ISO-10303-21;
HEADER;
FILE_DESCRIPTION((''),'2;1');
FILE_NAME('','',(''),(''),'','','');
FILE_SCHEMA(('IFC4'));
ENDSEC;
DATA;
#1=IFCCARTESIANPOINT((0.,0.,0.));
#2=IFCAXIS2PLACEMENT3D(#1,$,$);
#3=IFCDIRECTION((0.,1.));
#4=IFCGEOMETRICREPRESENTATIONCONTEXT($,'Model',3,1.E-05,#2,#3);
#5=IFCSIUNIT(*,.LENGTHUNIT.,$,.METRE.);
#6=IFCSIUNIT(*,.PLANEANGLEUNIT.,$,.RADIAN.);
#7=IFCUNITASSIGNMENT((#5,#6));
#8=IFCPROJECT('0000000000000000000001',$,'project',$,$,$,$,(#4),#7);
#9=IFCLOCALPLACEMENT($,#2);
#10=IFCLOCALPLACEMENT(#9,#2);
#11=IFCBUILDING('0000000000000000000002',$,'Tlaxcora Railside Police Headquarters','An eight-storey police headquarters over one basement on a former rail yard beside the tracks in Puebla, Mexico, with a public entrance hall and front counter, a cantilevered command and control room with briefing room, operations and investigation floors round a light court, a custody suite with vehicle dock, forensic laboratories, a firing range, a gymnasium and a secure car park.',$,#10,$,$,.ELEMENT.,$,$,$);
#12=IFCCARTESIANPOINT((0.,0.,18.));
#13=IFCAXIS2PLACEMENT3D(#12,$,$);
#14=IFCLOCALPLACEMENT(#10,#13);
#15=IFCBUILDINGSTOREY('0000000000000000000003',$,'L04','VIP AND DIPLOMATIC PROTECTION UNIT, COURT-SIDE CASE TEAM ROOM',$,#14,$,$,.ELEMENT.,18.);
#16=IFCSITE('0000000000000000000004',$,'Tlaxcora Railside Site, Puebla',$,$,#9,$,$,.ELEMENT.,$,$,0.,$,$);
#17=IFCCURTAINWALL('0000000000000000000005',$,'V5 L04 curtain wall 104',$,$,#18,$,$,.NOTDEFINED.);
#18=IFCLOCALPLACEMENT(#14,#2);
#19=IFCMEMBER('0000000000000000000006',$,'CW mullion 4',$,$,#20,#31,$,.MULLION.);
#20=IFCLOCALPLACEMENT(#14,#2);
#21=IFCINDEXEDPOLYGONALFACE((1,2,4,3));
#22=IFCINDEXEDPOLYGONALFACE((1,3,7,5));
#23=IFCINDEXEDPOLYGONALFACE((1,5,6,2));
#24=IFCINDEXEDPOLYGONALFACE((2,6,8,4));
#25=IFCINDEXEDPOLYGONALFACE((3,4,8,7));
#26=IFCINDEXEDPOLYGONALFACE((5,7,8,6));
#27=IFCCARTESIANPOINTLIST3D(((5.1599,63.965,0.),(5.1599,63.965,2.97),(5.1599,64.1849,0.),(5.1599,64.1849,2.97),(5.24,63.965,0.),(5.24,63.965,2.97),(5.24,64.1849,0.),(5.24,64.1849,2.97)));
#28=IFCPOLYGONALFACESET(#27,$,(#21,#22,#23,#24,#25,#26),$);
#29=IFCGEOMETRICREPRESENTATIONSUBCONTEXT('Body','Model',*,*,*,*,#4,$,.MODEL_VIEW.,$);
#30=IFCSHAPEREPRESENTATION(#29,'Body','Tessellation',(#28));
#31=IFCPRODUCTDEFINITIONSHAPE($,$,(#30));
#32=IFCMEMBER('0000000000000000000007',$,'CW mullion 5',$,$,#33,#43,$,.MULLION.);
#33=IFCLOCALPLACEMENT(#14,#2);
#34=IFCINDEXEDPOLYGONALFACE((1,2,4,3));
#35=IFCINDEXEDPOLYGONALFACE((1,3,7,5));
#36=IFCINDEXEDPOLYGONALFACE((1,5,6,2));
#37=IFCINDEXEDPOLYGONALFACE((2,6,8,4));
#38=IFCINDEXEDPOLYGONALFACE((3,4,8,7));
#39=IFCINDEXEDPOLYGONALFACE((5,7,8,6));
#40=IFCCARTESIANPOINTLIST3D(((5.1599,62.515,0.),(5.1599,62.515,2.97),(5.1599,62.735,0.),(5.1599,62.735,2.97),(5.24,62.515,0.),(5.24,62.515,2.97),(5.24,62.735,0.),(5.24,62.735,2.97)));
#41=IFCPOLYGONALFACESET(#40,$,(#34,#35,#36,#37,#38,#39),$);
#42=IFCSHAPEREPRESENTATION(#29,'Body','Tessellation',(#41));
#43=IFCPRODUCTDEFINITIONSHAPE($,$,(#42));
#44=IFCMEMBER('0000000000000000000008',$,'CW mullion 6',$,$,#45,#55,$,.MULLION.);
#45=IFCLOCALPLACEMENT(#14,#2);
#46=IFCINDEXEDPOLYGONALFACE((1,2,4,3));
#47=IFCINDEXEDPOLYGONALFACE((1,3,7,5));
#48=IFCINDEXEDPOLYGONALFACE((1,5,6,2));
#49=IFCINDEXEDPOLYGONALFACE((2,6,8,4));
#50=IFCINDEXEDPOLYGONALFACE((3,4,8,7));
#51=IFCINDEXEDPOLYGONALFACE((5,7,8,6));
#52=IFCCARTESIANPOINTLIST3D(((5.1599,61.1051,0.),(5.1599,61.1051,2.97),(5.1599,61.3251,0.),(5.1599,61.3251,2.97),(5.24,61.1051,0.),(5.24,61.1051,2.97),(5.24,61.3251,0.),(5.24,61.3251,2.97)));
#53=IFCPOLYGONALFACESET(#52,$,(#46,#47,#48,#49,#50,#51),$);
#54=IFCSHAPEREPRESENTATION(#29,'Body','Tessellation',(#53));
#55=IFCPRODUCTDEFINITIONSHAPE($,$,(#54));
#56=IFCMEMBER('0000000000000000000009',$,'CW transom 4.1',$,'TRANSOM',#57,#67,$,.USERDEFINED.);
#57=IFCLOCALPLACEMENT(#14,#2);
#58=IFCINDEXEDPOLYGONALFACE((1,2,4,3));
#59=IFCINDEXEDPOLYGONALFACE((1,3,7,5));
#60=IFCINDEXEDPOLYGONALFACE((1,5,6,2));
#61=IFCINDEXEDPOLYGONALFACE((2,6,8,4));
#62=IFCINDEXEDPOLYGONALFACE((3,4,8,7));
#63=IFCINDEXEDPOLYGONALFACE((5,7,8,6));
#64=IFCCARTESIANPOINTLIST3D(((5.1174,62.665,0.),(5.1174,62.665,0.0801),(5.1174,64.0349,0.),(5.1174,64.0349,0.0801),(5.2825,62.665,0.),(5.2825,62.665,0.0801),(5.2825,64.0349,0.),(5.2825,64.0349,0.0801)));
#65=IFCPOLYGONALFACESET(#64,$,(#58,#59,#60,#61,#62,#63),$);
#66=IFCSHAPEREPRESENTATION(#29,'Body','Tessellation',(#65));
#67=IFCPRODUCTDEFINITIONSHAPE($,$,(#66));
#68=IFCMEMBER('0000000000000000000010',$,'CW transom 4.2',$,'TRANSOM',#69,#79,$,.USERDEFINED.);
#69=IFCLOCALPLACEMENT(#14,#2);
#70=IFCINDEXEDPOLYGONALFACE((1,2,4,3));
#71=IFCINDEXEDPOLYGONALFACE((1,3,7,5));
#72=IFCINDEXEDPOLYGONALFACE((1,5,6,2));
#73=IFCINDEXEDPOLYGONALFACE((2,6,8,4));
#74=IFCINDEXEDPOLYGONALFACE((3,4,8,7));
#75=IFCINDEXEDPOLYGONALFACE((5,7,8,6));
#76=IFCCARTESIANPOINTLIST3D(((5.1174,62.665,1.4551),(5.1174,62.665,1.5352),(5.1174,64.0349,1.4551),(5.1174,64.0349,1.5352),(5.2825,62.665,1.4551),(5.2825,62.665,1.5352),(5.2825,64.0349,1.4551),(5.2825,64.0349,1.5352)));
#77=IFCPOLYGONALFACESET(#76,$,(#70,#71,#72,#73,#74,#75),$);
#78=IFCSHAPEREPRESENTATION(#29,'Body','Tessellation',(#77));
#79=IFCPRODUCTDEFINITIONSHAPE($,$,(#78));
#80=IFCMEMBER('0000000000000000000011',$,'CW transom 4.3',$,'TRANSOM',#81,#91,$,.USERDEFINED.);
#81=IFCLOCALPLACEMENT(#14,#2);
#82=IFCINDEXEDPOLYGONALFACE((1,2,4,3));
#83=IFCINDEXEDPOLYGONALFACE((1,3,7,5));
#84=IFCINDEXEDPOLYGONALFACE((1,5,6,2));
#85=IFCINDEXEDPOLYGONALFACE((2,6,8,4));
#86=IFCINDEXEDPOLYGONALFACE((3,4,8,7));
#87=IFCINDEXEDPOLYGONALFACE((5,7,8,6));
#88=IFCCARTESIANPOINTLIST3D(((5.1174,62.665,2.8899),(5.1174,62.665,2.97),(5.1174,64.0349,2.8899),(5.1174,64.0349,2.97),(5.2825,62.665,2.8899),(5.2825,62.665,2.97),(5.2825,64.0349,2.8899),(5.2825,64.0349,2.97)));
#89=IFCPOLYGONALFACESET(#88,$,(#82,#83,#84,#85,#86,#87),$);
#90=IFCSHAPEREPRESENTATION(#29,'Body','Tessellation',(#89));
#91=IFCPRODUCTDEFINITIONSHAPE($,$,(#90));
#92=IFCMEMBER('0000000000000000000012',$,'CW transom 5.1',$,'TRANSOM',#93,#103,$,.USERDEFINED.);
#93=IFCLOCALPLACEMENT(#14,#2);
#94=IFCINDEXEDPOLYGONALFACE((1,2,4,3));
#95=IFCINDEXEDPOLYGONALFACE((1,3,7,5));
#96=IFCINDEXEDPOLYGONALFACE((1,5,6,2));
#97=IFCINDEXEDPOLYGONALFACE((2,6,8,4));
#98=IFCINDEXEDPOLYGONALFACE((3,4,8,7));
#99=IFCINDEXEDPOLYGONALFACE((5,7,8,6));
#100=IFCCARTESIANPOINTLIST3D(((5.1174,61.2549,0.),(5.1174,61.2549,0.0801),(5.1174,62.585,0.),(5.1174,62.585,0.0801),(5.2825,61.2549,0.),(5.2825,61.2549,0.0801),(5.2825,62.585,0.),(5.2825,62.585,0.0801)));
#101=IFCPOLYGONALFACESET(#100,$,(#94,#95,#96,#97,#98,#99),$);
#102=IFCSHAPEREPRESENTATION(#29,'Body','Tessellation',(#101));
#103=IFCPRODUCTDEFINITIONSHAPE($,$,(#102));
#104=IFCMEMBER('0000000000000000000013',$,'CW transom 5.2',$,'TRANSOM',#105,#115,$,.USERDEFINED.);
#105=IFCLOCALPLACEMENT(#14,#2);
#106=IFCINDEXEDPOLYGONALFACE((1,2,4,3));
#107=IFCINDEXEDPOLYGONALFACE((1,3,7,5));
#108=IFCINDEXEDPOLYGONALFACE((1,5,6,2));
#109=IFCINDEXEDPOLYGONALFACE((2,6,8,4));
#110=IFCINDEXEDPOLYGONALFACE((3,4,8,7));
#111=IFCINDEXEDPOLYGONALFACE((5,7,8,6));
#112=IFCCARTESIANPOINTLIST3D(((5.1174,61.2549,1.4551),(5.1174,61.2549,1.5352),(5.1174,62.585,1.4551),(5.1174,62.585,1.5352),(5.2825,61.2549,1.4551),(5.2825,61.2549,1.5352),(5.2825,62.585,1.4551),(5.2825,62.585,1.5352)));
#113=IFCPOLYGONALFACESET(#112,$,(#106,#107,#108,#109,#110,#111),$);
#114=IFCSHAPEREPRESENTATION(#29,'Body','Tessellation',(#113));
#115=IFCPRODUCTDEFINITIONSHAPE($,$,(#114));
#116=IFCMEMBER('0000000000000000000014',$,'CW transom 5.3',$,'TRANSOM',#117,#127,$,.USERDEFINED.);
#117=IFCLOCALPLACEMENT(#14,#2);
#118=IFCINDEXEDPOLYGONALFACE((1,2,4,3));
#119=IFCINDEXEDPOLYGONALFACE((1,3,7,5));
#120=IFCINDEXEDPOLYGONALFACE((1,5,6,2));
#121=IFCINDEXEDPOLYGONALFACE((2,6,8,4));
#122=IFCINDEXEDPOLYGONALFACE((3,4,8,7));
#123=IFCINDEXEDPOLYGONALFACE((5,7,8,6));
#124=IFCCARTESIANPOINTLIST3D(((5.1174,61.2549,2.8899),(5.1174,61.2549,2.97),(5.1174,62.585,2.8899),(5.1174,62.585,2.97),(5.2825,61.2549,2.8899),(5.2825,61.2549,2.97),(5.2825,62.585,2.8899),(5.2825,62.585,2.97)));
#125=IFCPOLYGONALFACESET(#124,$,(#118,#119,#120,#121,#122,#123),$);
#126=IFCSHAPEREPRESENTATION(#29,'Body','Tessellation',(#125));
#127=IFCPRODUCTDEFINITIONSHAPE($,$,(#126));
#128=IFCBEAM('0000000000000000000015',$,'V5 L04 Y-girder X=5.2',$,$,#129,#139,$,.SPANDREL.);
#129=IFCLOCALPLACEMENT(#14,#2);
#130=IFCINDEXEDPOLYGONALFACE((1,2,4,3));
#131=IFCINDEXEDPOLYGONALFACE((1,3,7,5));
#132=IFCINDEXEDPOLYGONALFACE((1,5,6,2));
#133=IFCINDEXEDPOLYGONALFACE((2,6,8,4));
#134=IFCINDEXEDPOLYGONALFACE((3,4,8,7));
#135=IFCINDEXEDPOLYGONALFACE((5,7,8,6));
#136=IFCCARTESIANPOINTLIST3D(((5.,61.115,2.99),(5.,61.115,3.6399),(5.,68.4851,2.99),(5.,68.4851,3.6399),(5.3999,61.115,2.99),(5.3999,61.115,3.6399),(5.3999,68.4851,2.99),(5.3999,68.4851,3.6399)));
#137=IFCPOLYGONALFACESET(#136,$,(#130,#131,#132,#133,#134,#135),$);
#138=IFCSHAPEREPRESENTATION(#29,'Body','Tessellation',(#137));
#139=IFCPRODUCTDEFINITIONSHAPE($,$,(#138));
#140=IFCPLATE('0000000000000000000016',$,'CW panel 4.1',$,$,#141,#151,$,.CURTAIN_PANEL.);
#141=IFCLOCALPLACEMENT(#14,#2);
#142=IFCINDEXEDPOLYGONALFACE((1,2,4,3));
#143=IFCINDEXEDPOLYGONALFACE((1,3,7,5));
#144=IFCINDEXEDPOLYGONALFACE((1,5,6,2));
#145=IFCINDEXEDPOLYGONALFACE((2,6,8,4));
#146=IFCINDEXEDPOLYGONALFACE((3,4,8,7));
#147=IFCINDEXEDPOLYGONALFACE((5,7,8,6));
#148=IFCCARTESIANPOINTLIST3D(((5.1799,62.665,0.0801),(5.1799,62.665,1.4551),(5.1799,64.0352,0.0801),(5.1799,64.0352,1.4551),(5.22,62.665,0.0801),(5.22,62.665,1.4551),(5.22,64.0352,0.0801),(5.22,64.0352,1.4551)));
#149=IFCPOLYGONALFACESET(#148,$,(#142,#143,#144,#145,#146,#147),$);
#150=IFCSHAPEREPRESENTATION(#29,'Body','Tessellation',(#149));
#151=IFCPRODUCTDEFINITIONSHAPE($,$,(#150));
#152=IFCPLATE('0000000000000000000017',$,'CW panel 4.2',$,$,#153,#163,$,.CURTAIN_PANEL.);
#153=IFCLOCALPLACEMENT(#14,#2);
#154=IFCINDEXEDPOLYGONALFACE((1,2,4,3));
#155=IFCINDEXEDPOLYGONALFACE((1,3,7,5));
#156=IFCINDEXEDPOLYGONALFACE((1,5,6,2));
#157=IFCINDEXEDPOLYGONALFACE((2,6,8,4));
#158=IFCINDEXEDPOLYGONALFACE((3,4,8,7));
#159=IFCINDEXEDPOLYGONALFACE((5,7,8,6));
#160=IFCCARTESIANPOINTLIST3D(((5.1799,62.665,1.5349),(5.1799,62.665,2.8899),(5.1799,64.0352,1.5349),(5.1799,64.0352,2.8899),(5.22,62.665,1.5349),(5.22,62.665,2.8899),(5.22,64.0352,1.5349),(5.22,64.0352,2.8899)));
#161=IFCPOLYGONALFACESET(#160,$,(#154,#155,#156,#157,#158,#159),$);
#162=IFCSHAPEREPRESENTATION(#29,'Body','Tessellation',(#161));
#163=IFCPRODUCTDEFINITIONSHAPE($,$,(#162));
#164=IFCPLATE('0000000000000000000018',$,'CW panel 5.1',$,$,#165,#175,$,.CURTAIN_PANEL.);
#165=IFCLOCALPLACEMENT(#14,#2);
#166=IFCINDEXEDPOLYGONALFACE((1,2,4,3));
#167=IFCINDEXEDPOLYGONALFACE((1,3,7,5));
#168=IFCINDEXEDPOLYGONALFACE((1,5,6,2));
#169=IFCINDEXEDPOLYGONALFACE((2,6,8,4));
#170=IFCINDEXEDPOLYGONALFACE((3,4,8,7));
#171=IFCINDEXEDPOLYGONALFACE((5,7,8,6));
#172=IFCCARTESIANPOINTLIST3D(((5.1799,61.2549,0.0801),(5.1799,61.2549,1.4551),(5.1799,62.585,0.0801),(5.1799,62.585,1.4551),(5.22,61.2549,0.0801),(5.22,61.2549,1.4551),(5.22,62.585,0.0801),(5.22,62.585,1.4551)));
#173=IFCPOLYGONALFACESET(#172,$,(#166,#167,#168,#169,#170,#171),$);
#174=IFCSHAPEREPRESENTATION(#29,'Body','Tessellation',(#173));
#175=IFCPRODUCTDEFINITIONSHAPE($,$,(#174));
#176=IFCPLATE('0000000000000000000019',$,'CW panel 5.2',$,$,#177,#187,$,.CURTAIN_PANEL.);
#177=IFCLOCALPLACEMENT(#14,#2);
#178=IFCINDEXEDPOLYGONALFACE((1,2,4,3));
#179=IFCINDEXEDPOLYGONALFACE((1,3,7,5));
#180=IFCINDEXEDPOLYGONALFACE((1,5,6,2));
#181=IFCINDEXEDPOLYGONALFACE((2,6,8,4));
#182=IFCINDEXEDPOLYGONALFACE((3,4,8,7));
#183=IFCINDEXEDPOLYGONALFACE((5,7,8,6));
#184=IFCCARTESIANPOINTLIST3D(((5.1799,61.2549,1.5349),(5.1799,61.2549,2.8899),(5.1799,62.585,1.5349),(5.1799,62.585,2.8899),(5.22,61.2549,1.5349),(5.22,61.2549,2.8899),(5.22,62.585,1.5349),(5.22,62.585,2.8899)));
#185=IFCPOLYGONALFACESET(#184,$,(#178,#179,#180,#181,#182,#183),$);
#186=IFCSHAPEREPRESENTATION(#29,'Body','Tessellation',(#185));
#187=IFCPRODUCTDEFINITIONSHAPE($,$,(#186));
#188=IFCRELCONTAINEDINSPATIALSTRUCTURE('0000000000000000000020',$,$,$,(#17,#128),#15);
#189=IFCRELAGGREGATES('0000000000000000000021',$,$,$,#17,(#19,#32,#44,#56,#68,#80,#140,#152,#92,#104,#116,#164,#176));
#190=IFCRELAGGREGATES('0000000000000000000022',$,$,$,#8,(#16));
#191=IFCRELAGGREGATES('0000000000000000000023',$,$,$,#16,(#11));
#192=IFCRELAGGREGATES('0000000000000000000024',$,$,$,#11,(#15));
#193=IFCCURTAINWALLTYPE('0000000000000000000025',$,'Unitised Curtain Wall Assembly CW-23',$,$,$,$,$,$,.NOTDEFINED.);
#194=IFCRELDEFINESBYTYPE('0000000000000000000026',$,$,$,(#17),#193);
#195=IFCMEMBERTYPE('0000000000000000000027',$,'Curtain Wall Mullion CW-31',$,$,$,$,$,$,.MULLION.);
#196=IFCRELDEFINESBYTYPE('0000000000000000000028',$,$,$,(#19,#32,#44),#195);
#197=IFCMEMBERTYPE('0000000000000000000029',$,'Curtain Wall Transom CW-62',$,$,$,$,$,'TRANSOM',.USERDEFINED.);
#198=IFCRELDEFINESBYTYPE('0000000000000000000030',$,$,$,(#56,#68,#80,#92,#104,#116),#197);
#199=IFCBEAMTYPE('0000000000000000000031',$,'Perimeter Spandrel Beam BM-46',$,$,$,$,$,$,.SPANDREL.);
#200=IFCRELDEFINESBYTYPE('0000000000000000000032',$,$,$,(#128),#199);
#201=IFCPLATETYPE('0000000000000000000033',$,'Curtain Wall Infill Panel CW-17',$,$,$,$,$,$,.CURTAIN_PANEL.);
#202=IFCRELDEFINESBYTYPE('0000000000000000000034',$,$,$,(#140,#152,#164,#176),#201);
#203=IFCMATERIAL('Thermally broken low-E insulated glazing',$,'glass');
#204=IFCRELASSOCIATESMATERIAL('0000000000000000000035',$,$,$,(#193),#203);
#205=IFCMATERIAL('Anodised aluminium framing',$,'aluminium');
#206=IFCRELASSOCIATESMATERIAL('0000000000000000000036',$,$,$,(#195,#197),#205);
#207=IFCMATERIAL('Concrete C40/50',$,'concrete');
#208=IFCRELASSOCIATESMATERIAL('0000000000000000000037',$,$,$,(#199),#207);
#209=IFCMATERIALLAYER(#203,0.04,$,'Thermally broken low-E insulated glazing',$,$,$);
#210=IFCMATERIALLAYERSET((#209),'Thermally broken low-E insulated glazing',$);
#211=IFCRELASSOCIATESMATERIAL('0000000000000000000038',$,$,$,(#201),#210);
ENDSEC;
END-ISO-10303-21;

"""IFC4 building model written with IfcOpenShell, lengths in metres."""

from ifc_helpers import new_model, si_unit, direction, frame, origin, origin_2d, place, context, subcontext, project, spatial, rectangle, extrude, material, layer, layer_set, material_profile, profile_set, type_object, element, aggregate, save


model = new_model("IFC4")

# Units and contexts
model_context = context("Model", 3, precision=1e-05, world=origin(), true_north=direction((0.0, 1.0)))
body_context = subcontext(model_context, "Body", "Model", "MODEL_VIEW")
ifc_project = project(units=[si_unit("LENGTHUNIT", "METRE"), si_unit("PLANEANGLEUNIT", "RADIAN")], contexts=[model_context])

# Site, building, storey
site_placement = place(None, origin())
site = spatial("IfcSite", under=ifc_project, at=site_placement, Name="Tlaxcora Railside Site, Puebla", CompositionType="ELEMENT", RefElevation=0.0)
building_placement = place(site_placement, origin())
building = spatial("IfcBuilding", under=site, at=building_placement, Name="Tlaxcora Railside Police Headquarters", Description="An eight-storey police headquarters over one basement on a former rail yard beside the tracks in Puebla, Mexico, with a public entrance hall and front counter, a cantilevered command and control room with briefing room, operations and investigation floors round a light court, a custody suite with vehicle dock, forensic laboratories, a firing range, a gymnasium and a secure car park.", CompositionType="ELEMENT")
storey_placement = place(building_placement, frame((0.0, 0.0, 18.0)))
storey = spatial("IfcBuildingStorey", under=building, at=storey_placement, Name="L04", Description="VIP AND DIPLOMATIC PROTECTION UNIT, COURT-SIDE CASE TEAM ROOM", CompositionType="ELEMENT", Elevation=18.0)

# Curtain wall, members
ifc_material_1 = material(Name="Thermally broken low-E insulated glazing", Category="glass")
curtain_wall_type = type_object("IfcCurtainWallType", Name="Unitised Curtain Wall Assembly CW-23", PredefinedType="NOTDEFINED", material=ifc_material_1)
curtain_wall_placement = place(storey_placement, origin())
curtain_wall = element("IfcCurtainWall", 1, at=curtain_wall_placement, inside=storey, type_object=curtain_wall_type, Name="V5 L04 curtain wall 104", PredefinedType="NOTDEFINED")
ifc_material_2 = material(Name="Anodised aluminium framing", Category="aluminium")
ifc_material_profile_1 = material_profile(ifc_material_2, rectangle(XDim=0.0801, YDim=0.22, at=origin_2d()), Name="AL80X220")
ifc_profile_set_1 = profile_set([ifc_material_profile_1], Name="Anodised aluminium framing")
member_type_1 = type_object("IfcMemberType", Name="Curtain Wall Mullion CW-31", PredefinedType="MULLION", material=ifc_profile_set_1)
member_1_placement = place(storey_placement, frame((5.2, 64.075, 0.0), z_axis=(0.0, 0.0, 1.0), x_axis=(1.0, 0.0, 0.0)))
member_1 = element("IfcMember", 2, at=member_1_placement, type_object=member_type_1, Name="CW mullion 4", PredefinedType="MULLION", context=body_context, shape_type="SweptSolid", body=[
    extrude(rectangle(XDim=0.0801, YDim=0.22, at=origin_2d()), origin(), (0.0, 0.0, 1.0), 2.97),
])
member_2_placement = place(storey_placement, frame((5.2, 62.625, 0.0), z_axis=(0.0, 0.0, 1.0), x_axis=(1.0, 0.0, 0.0)))
member_2 = element("IfcMember", 3, at=member_2_placement, type_object=member_type_1, Name="CW mullion 5", PredefinedType="MULLION", context=body_context, shape_type="SweptSolid", body=[
    extrude(rectangle(XDim=0.0801, YDim=0.22, at=origin_2d()), origin(), (0.0, 0.0, 1.0), 2.97),
])
member_3_placement = place(storey_placement, frame((5.2, 61.2151, 0.0), z_axis=(0.0, 0.0, 1.0), x_axis=(1.0, 0.0, 0.0)))
member_3 = element("IfcMember", 4, at=member_3_placement, type_object=member_type_1, Name="CW mullion 6", PredefinedType="MULLION", context=body_context, shape_type="SweptSolid", body=[
    extrude(rectangle(XDim=0.0801, YDim=0.22, at=origin_2d()), origin(), (0.0, 0.0, 1.0), 2.97),
])
ifc_material_profile_2 = material_profile(ifc_material_2, rectangle(XDim=0.165, YDim=0.0801, at=origin_2d()), Name="AL80X165")
ifc_profile_set_2 = profile_set([ifc_material_profile_2], Name="Anodised aluminium framing")
member_type_2 = type_object("IfcMemberType", Name="Curtain Wall Transom CW-62", ElementType="TRANSOM", PredefinedType="USERDEFINED", material=ifc_profile_set_2)
member_4_placement = place(storey_placement, frame((5.2, 64.0349, 0.04), z_axis=(0.0, -1.0, 0.0), x_axis=(1.0, 0.0, 0.0)))
member_4 = element("IfcMember", 5, at=member_4_placement, type_object=member_type_2, Name="CW transom 4.1", ObjectType="TRANSOM", PredefinedType="USERDEFINED", context=body_context, shape_type="SweptSolid", body=[
    extrude(rectangle(XDim=0.165, YDim=0.0801, at=origin_2d()), origin(), (0.0, 0.0, 1.0), 1.3699),
])
member_5_placement = place(storey_placement, frame((5.2, 64.0349, 1.4951), z_axis=(0.0, -1.0, 0.0), x_axis=(1.0, 0.0, 0.0)))
member_5 = element("IfcMember", 6, at=member_5_placement, type_object=member_type_2, Name="CW transom 4.2", ObjectType="TRANSOM", PredefinedType="USERDEFINED", context=body_context, shape_type="SweptSolid", body=[
    extrude(rectangle(XDim=0.165, YDim=0.0801, at=origin_2d()), origin(), (0.0, 0.0, 1.0), 1.3699),
])
member_6_placement = place(storey_placement, frame((5.2, 64.0349, 2.9299), z_axis=(0.0, -1.0, 0.0), x_axis=(1.0, 0.0, 0.0)))
member_6 = element("IfcMember", 7, at=member_6_placement, type_object=member_type_2, Name="CW transom 4.3", ObjectType="TRANSOM", PredefinedType="USERDEFINED", context=body_context, shape_type="SweptSolid", body=[
    extrude(rectangle(XDim=0.165, YDim=0.0801, at=origin_2d()), origin(), (0.0, 0.0, 1.0), 1.3699),
])
member_7_placement = place(storey_placement, frame((5.2, 62.585, 0.04), z_axis=(0.0, -1.0, 0.0), x_axis=(1.0, 0.0, 0.0)))
member_7 = element("IfcMember", 8, at=member_7_placement, type_object=member_type_2, Name="CW transom 5.1", ObjectType="TRANSOM", PredefinedType="USERDEFINED", context=body_context, shape_type="SweptSolid", body=[
    extrude(rectangle(XDim=0.165, YDim=0.0801, at=origin_2d()), origin(), (0.0, 0.0, 1.0), 1.3301),
])
member_8_placement = place(storey_placement, frame((5.2, 62.585, 1.4951), z_axis=(0.0, -1.0, 0.0), x_axis=(1.0, 0.0, 0.0)))
member_8 = element("IfcMember", 9, at=member_8_placement, type_object=member_type_2, Name="CW transom 5.2", ObjectType="TRANSOM", PredefinedType="USERDEFINED", context=body_context, shape_type="SweptSolid", body=[
    extrude(rectangle(XDim=0.165, YDim=0.0801, at=origin_2d()), origin(), (0.0, 0.0, 1.0), 1.3301),
])
member_9_placement = place(storey_placement, frame((5.2, 62.585, 2.9299), z_axis=(0.0, -1.0, 0.0), x_axis=(1.0, 0.0, 0.0)))
member_9 = element("IfcMember", 10, at=member_9_placement, type_object=member_type_2, Name="CW transom 5.3", ObjectType="TRANSOM", PredefinedType="USERDEFINED", context=body_context, shape_type="SweptSolid", body=[
    extrude(rectangle(XDim=0.165, YDim=0.0801, at=origin_2d()), origin(), (0.0, 0.0, 1.0), 1.3301),
])

# Beam
ifc_material_3 = material(Name="Concrete C40/50", Category="concrete")
ifc_material_profile_3 = material_profile(ifc_material_3, rectangle(XDim=0.3999, YDim=0.6499, at=origin_2d()), Name="RC400X650")
ifc_profile_set_3 = profile_set([ifc_material_profile_3], Name="Concrete C40/50")
beam_type = type_object("IfcBeamType", Name="Perimeter Spandrel Beam BM-46", PredefinedType="SPANDREL", material=ifc_profile_set_3)
beam_placement = place(storey_placement, frame((5.2, 61.115, 3.3149), z_axis=(0.0, 1.0, 0.0), x_axis=(-1.0, 0.0, 0.0)))
element("IfcBeam", 11, at=beam_placement, inside=storey, type_object=beam_type, Name="V5 L04 Y-girder X=5.2", PredefinedType="SPANDREL", context=body_context, shape_type="SweptSolid", body=[
    extrude(rectangle(XDim=0.3999, YDim=0.6499, at=origin_2d()), origin(), (0.0, 0.0, 1.0), 7.3701),
])

# Plates
ifc_layer_1 = layer(ifc_material_1, 0.04, Name="Thermally broken low-E insulated glazing")
ifc_layer_set_1 = layer_set([ifc_layer_1], Name="Thermally broken low-E insulated glazing")
plate_type = type_object("IfcPlateType", Name="Curtain Wall Infill Panel CW-17", PredefinedType="CURTAIN_PANEL", material=ifc_layer_set_1)
plate_1_placement = place(storey_placement, frame((5.2, 63.3501, 0.0801), z_axis=(0.0, 0.0, 1.0), x_axis=(0.0, -1.0, 0.0)))
plate_1 = element("IfcPlate", 12, at=plate_1_placement, type_object=plate_type, Name="CW panel 4.1", PredefinedType="CURTAIN_PANEL", context=body_context, shape_type="SweptSolid", body=[
    extrude(rectangle(XDim=1.3701, YDim=0.04, at=origin_2d()), origin(), (0.0, 0.0, 1.0), 1.375),
])
plate_2_placement = place(storey_placement, frame((5.2, 63.3501, 1.5349), z_axis=(0.0, 0.0, 1.0), x_axis=(0.0, -1.0, 0.0)))
plate_2 = element("IfcPlate", 13, at=plate_2_placement, type_object=plate_type, Name="CW panel 4.2", PredefinedType="CURTAIN_PANEL", context=body_context, shape_type="SweptSolid", body=[
    extrude(rectangle(XDim=1.3701, YDim=0.04, at=origin_2d()), origin(), (0.0, 0.0, 1.0), 1.355),
])
plate_3_placement = place(storey_placement, frame((5.2, 61.9199, 0.0801), z_axis=(0.0, 0.0, 1.0), x_axis=(0.0, -1.0, 0.0)))
plate_3 = element("IfcPlate", 14, at=plate_3_placement, type_object=plate_type, Name="CW panel 5.1", PredefinedType="CURTAIN_PANEL", context=body_context, shape_type="SweptSolid", body=[
    extrude(rectangle(XDim=1.3301, YDim=0.04, at=origin_2d()), origin(), (0.0, 0.0, 1.0), 1.375),
])
plate_4_placement = place(storey_placement, frame((5.2, 61.9199, 1.5349), z_axis=(0.0, 0.0, 1.0), x_axis=(0.0, -1.0, 0.0)))
plate_4 = element("IfcPlate", 15, at=plate_4_placement, type_object=plate_type, Name="CW panel 5.2", PredefinedType="CURTAIN_PANEL", context=body_context, shape_type="SweptSolid", body=[
    extrude(rectangle(XDim=1.3301, YDim=0.04, at=origin_2d()), origin(), (0.0, 0.0, 1.0), 1.355),
])
aggregate(curtain_wall, [member_1, member_2, member_3, member_4, member_5, member_6, plate_1, plate_2, member_7, member_8, member_9, plate_3, plate_4])

save(model, "model.ifc")
